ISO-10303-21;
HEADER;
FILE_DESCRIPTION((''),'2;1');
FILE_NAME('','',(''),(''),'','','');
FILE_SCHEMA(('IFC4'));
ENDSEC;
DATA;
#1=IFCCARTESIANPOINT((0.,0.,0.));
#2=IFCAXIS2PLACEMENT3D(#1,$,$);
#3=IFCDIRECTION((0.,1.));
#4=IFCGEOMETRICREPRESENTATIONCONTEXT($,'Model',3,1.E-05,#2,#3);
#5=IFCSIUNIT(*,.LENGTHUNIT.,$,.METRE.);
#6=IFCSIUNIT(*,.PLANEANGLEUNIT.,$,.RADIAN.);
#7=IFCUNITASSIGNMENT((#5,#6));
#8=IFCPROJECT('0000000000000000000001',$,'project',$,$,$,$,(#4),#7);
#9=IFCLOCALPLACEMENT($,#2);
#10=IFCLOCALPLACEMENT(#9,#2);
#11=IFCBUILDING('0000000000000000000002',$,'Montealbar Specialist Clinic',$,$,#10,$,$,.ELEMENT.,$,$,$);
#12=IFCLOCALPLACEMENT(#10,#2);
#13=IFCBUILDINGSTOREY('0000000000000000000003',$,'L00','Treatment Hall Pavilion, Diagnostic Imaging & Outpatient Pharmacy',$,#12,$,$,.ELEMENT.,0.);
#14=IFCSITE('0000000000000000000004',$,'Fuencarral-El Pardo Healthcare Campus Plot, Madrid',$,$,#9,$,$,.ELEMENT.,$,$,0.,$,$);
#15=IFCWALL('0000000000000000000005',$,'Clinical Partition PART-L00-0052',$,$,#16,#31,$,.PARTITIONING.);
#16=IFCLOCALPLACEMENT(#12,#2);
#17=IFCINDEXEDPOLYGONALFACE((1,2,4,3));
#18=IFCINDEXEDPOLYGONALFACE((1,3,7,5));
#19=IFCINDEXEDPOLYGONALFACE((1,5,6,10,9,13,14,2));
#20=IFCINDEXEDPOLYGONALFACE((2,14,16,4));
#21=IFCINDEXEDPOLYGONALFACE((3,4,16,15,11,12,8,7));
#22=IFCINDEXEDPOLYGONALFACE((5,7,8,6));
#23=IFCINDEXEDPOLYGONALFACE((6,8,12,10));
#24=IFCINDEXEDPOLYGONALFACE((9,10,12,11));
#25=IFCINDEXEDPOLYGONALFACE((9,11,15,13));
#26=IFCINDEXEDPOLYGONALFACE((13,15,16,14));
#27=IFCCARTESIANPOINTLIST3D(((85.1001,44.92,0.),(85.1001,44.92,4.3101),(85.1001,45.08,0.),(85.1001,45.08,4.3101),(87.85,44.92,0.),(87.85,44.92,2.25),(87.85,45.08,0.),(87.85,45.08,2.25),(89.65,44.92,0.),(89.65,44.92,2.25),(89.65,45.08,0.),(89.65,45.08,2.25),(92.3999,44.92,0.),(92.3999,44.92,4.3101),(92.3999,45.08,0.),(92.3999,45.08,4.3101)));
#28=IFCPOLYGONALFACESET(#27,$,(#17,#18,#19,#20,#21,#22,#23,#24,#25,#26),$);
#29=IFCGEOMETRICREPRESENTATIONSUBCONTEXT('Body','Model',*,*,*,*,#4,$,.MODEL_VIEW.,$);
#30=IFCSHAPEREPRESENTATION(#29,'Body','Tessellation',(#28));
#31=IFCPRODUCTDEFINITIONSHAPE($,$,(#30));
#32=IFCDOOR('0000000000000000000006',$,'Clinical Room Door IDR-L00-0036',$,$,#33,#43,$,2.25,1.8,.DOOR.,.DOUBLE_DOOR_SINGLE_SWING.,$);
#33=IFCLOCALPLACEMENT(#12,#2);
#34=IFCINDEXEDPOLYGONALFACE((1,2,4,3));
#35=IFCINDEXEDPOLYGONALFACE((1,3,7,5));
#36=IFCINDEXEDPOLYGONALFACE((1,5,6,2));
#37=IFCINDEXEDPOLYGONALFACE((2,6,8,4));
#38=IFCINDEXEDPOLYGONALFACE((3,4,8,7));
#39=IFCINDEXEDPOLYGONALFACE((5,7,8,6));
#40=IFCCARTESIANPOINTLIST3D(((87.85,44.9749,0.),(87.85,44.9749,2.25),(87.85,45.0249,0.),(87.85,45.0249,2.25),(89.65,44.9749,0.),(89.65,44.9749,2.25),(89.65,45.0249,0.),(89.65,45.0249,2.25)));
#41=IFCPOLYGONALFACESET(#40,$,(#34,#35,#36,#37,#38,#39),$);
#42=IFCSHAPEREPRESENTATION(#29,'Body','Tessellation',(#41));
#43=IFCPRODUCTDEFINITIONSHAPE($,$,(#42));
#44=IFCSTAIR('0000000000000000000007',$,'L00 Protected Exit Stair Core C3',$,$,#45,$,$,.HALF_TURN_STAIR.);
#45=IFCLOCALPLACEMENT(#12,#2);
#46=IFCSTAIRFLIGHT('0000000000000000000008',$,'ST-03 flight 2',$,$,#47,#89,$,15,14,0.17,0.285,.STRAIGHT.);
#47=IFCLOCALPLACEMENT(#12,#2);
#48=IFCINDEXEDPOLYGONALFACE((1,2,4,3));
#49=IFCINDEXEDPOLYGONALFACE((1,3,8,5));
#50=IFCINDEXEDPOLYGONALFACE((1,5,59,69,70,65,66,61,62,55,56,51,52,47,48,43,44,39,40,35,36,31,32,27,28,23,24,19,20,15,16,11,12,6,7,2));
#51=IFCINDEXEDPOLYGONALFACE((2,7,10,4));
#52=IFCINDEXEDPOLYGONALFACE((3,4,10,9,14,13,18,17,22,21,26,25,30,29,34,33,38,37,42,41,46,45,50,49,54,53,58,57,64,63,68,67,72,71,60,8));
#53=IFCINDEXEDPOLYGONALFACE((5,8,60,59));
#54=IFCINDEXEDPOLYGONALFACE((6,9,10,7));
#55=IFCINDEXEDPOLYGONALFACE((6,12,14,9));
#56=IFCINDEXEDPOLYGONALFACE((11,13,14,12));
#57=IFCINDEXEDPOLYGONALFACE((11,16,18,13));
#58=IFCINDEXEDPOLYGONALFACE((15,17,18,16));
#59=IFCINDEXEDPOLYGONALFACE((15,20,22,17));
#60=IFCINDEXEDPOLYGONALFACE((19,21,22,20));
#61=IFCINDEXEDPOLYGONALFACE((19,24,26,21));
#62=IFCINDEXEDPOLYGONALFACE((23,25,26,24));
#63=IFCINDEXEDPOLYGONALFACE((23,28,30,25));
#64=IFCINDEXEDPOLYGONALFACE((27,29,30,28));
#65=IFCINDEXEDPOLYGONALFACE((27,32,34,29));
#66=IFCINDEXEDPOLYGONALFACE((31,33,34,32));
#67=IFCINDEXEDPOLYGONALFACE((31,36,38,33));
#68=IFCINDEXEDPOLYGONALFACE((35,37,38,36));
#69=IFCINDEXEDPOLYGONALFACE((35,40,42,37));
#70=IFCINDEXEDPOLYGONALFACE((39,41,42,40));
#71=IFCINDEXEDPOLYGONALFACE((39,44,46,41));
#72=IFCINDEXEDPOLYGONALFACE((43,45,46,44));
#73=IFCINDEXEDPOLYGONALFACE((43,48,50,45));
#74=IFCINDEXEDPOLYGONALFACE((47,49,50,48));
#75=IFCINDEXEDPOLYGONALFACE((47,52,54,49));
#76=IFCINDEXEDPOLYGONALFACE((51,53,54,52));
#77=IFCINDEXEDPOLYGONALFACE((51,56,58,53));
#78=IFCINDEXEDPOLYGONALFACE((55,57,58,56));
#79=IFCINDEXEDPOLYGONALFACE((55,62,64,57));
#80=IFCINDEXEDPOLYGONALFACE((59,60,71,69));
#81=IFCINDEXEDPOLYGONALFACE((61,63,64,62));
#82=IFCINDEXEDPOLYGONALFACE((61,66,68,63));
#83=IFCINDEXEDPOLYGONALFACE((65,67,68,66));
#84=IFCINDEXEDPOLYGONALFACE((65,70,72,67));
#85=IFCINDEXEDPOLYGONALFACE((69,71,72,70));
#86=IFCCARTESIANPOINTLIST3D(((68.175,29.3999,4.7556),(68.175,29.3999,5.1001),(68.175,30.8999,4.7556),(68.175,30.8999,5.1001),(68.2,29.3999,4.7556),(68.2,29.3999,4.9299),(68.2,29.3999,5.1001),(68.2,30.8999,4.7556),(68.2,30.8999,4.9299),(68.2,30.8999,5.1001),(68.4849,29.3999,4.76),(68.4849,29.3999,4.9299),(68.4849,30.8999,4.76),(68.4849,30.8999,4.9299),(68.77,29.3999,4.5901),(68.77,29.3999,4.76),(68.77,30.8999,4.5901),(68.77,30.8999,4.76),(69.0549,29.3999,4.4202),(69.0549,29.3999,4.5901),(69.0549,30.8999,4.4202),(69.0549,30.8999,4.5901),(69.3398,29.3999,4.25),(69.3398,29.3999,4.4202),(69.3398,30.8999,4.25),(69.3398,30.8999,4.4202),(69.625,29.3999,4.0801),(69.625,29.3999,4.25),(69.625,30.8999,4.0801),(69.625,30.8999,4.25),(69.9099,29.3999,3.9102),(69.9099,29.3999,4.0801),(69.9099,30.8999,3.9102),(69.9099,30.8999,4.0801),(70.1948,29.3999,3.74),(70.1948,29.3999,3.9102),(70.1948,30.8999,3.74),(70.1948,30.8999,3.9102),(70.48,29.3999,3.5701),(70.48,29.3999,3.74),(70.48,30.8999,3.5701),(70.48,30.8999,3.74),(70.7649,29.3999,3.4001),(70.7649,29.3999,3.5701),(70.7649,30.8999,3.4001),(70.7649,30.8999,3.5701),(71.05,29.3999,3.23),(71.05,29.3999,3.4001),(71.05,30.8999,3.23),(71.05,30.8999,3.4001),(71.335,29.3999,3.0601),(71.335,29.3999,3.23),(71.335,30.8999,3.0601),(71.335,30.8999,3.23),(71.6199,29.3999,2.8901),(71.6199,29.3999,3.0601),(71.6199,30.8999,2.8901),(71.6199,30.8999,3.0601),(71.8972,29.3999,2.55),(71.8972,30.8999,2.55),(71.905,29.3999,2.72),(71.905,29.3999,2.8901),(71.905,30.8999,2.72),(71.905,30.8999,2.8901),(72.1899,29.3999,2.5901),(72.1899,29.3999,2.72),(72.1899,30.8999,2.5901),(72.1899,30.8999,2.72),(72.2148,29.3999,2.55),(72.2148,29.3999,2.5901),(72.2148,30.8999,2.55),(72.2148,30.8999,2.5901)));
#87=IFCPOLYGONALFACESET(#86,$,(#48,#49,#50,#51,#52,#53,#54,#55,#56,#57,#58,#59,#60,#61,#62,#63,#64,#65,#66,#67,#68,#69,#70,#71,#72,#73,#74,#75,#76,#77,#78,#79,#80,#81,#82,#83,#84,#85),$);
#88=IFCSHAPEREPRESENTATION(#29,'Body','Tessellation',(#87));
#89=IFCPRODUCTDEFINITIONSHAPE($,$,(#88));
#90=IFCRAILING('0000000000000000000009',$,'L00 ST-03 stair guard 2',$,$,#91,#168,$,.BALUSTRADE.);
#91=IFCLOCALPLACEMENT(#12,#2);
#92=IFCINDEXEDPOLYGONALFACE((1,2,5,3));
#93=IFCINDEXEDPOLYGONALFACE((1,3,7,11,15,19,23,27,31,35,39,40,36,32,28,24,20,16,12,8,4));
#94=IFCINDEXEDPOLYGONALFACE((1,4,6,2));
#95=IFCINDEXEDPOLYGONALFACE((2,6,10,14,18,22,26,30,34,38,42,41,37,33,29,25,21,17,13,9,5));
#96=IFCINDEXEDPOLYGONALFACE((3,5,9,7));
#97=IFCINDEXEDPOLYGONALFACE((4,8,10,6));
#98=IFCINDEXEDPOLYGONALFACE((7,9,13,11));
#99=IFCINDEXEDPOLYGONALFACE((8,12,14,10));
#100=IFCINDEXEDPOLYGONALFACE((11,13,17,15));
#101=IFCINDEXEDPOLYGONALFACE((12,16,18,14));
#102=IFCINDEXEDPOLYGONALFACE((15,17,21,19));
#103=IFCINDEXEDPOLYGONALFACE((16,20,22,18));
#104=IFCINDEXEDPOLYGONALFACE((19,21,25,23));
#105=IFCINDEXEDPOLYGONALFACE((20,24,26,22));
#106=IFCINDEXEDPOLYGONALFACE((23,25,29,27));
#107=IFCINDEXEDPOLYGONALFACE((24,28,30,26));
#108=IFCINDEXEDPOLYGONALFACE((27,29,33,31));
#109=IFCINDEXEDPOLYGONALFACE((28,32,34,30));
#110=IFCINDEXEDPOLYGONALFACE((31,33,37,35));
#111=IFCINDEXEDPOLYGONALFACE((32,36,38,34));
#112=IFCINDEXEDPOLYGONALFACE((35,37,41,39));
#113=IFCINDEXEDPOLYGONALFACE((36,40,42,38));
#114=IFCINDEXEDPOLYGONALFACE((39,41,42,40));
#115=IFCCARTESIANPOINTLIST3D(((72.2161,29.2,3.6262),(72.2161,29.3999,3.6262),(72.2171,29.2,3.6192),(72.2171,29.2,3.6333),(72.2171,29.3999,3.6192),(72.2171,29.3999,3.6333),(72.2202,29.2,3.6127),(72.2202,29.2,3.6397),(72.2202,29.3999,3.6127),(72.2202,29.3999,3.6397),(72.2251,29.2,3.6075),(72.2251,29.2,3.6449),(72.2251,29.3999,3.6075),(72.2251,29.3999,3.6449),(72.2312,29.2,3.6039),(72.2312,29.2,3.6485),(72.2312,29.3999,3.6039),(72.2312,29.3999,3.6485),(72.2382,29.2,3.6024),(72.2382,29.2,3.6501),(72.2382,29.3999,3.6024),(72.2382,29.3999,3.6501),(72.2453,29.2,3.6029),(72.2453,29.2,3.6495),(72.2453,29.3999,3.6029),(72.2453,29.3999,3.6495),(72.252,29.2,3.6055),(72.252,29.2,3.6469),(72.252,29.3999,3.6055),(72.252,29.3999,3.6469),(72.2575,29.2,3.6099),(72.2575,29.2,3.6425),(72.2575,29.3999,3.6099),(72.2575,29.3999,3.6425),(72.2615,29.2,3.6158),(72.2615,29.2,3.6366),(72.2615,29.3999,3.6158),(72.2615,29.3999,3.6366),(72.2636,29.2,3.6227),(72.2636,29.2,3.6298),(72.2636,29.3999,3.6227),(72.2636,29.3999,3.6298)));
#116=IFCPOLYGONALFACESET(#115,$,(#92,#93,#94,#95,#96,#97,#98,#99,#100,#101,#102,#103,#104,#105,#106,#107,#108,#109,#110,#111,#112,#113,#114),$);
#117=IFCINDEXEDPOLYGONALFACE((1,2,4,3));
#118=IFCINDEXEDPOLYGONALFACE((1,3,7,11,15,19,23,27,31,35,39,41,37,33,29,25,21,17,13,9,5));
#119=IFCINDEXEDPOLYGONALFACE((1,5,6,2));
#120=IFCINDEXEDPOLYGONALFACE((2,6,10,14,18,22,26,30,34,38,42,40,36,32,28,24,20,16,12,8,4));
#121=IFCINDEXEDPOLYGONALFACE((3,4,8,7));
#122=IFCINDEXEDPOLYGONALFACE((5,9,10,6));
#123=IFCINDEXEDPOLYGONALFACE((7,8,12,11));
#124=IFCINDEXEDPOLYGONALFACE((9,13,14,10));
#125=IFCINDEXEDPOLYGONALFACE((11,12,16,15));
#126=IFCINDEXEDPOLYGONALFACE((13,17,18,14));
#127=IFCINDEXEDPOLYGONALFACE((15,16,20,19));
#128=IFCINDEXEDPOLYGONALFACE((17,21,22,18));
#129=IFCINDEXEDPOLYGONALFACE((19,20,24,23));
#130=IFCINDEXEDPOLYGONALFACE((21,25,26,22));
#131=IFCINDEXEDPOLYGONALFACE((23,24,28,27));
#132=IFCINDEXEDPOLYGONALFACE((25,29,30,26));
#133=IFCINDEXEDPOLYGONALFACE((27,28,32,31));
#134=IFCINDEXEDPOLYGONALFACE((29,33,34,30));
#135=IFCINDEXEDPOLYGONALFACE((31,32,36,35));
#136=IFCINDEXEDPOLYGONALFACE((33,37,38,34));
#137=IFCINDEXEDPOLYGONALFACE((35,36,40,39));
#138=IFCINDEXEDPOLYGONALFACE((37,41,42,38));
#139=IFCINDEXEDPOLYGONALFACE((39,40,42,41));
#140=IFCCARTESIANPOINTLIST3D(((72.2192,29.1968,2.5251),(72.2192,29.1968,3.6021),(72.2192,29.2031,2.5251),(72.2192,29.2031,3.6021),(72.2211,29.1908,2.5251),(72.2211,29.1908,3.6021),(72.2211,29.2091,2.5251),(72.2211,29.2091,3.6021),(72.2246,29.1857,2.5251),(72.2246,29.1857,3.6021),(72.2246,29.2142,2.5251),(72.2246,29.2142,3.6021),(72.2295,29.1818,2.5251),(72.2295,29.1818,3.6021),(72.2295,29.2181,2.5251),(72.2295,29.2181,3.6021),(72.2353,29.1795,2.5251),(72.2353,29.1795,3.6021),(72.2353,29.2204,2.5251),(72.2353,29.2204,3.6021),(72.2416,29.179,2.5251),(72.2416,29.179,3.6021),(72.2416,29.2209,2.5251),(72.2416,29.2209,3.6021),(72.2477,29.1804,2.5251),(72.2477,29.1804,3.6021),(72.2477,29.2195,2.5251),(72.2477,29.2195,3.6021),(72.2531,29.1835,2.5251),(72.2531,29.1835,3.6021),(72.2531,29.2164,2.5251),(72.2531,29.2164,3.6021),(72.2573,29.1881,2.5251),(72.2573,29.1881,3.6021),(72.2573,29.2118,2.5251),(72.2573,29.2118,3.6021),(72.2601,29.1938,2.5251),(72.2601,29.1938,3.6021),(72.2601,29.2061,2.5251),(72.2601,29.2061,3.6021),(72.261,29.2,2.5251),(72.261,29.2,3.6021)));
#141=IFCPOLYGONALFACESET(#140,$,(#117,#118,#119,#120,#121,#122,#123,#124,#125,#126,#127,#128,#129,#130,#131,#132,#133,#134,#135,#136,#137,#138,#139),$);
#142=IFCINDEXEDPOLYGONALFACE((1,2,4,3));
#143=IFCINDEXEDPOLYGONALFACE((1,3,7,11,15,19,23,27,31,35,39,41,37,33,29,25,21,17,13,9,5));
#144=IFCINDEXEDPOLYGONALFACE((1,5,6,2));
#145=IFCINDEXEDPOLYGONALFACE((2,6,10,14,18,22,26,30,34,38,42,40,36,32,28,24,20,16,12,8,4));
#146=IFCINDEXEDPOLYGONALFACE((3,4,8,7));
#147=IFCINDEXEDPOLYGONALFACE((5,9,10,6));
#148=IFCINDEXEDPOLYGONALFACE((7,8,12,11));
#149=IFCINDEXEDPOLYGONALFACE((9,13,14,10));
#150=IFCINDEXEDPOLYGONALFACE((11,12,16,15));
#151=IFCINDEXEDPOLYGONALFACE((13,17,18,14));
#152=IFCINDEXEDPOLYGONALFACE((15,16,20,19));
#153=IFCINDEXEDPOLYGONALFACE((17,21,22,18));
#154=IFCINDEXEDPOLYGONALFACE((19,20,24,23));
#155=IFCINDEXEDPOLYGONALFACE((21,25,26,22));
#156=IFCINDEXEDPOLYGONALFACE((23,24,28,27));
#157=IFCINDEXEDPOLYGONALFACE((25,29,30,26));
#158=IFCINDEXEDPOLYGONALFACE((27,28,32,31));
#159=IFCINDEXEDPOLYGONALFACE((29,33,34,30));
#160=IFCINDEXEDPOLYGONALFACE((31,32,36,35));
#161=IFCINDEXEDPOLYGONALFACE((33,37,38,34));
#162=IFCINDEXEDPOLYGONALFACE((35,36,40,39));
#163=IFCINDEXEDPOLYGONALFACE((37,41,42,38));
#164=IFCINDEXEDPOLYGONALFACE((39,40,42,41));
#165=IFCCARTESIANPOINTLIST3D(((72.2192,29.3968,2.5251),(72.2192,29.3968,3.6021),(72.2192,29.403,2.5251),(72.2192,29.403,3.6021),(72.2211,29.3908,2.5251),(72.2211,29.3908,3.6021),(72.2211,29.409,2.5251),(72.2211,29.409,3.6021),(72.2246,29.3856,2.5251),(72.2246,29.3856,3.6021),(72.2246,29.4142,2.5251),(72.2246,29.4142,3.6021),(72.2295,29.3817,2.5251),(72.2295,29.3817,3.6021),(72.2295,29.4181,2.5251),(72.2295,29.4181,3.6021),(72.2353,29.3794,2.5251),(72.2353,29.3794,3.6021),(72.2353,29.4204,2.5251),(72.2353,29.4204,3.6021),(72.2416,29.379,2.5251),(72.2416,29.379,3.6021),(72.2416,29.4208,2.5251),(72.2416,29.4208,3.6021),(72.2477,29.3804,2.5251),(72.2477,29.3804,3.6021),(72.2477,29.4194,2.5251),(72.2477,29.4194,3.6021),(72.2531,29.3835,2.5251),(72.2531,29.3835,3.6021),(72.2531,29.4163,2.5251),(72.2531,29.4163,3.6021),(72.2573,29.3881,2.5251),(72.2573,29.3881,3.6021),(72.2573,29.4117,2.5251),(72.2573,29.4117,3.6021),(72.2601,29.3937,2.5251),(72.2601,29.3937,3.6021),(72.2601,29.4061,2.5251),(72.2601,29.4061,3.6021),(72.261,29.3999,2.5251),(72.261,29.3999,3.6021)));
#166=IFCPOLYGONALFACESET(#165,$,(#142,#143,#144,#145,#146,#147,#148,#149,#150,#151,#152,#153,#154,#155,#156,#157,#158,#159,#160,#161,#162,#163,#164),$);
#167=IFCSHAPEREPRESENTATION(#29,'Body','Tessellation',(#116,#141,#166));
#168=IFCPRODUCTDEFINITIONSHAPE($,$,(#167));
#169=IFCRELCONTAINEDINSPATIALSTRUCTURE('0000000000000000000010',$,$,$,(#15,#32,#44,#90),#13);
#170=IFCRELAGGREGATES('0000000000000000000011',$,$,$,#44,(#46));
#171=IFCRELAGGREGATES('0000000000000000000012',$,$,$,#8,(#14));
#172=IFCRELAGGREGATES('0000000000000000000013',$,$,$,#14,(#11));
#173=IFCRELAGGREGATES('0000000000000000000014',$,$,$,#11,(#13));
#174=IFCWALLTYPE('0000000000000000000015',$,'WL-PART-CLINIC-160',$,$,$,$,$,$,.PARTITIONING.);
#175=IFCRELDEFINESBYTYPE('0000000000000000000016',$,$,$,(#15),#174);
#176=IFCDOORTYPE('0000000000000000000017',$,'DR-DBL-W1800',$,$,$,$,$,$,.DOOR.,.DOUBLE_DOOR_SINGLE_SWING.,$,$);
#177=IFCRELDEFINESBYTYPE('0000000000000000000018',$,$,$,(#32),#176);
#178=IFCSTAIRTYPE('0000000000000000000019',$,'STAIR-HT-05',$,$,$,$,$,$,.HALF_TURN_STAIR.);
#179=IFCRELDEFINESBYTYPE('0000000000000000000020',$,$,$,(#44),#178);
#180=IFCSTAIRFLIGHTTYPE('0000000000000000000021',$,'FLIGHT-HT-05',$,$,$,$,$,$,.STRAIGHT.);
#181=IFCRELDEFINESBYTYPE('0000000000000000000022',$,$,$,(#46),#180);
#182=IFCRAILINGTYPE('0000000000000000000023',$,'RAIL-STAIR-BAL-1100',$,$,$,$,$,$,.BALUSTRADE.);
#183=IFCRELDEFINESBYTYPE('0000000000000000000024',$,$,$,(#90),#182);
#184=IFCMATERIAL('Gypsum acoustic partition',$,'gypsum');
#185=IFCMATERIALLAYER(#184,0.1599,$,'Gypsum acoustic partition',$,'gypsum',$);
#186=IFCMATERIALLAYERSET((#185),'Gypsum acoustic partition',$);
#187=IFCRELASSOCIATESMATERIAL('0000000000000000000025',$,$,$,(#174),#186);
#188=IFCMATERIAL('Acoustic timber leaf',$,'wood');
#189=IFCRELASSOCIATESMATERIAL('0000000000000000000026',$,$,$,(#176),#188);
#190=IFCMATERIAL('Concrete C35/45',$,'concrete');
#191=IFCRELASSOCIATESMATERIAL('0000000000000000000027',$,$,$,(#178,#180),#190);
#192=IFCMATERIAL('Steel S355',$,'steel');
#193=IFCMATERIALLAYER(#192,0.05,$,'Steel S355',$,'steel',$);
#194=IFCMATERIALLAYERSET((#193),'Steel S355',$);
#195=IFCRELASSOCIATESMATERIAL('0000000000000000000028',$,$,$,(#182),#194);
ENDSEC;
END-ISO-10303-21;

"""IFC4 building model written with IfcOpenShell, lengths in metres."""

from ifc_helpers import new_model, si_unit, direction, frame, frame_2d, origin, origin_2d, place, context, subcontext, project, spatial, polyline, rectangle, circle, outline, extrude, material, layer, layer_set, type_object, element, fill, aggregate, save


model = new_model("IFC4")

# Units and contexts
model_context = context("Model", 3, precision=1e-05, world=origin(), true_north=direction((0.0, 1.0)))
body_context = subcontext(model_context, "Body", "Model", "MODEL_VIEW")
ifc_project = project(units=[si_unit("LENGTHUNIT", "METRE"), si_unit("PLANEANGLEUNIT", "RADIAN")], contexts=[model_context])

# Site, building, storey
site_placement = place(None, origin())
site = spatial("IfcSite", under=ifc_project, at=site_placement, Name="Fuencarral-El Pardo Healthcare Campus Plot, Madrid", CompositionType="ELEMENT", RefElevation=0.0)
building_placement = place(site_placement, origin())
building = spatial("IfcBuilding", under=site, at=building_placement, Name="Montealbar Specialist Clinic", CompositionType="ELEMENT")
storey_placement = place(building_placement, origin())
storey = spatial("IfcBuildingStorey", under=building, at=storey_placement, Name="L00", Description="Treatment Hall Pavilion, Diagnostic Imaging & Outpatient Pharmacy", CompositionType="ELEMENT", Elevation=0.0)

# Shared definitions
ifc_material_1 = material(Name="Steel S355", Category="steel")

# Shared definitions
ifc_material_2 = material(Name="Gypsum acoustic partition", Category="gypsum")

# Wall, opening, door
ifc_layer_1 = layer(ifc_material_2, 0.1599, Name="Gypsum acoustic partition", Category="gypsum")
ifc_layer_set_1 = layer_set([ifc_layer_1], Name="Gypsum acoustic partition")
wall_type_1 = type_object("IfcWallType", Name="WL-PART-CLINIC-160", PredefinedType="PARTITIONING", material=ifc_layer_set_1)
ifc_material_3 = material(Name="Acoustic timber leaf", Category="wood")
door_type = type_object("IfcDoorType", Name="DR-DBL-W1800", OperationType="DOUBLE_DOOR_SINGLE_SWING", PredefinedType="DOOR", material=ifc_material_3)
wall_1_placement = place(storey_placement, frame((85.1001, 45.0, 0.0), z_axis=(0.0, 0.0, 1.0), x_axis=(1.0, 0.0, 0.0)))
wall_1 = element("IfcWall", 1, at=wall_1_placement, inside=storey, type_object=wall_type_1, Name="Clinical Partition PART-L00-0052", PredefinedType="PARTITIONING", context=body_context, shape_type="SweptSolid", body=[
    extrude(rectangle(XDim=7.2998, YDim=0.1599, at=frame_2d((3.6499, 0.0))), origin(), (0.0, 0.0, 1.0), 4.3101),
])
opening_1_placement = place(wall_1_placement, frame((2.75, 0.0, 0.0)))
opening_1 = element("IfcOpeningElement", 2, at=opening_1_placement, cuts=wall_1, PredefinedType="OPENING", context=body_context, shape_type="SweptSolid", body=[
    extrude(rectangle(XDim=1.8, YDim=2.25, at=frame_2d((0.8999, 1.125))), frame((0.0, 0.0898, 0.0), z_axis=(0.0, -1.0, 0.0), x_axis=(1.0, 0.0, 0.0)), (0.0, 0.0, 1.0), 0.1799),
])
door_1_placement = place(opening_1_placement, origin())
door_1 = element("IfcDoor", 3, at=door_1_placement, inside=storey, type_object=door_type, Name="Clinical Room Door IDR-L00-0036", OperationType="DOUBLE_DOOR_SINGLE_SWING", OverallHeight=2.25, OverallWidth=1.8, PredefinedType="DOOR", context=body_context, shape_type="SweptSolid", body=[
    extrude(rectangle(XDim=1.8, YDim=2.25, at=frame_2d((0.8999, 1.125))), frame((0.0, 0.0249, 0.0), z_axis=(0.0, -1.0, 0.0), x_axis=(1.0, 0.0, 0.0)), (0.0, 0.0, 1.0), 0.05),
])
fill(opening_1, door_1)

# Stair, stair flight
ifc_material_4 = material(Name="Concrete C35/45", Category="concrete")
stair_type = type_object("IfcStairType", Name="STAIR-HT-05", PredefinedType="HALF_TURN_STAIR", material=ifc_material_4)
stair_placement = place(storey_placement, origin())
stair = element("IfcStair", 4, at=stair_placement, inside=storey, type_object=stair_type, Name="L00 Protected Exit Stair Core C3", PredefinedType="HALF_TURN_STAIR")
stair_flight_type = type_object("IfcStairFlightType", Name="FLIGHT-HT-05", PredefinedType="STRAIGHT", material=ifc_material_4)
stair_flight_placement = place(storey_placement, frame((72.1899, 30.1499, 2.55), z_axis=(0.0, 0.0, 1.0), x_axis=(-1.0, 0.0, 0.0)))
stair_flight = element("IfcStairFlight", 5, at=stair_flight_placement, type_object=stair_flight_type, Name="ST-03 flight 2", NumberOfRisers=15, NumberOfTreads=14, PredefinedType="STRAIGHT", RiserHeight=0.17, TreadLength=0.285, context=body_context, shape_type="SweptSolid", body=[
    extrude(outline(polyline([(-0.0249, 0.0), (-0.0249, 0.04), (0.0, 0.04), (0.0, 0.1699), (0.2849, 0.1699), (0.2849, 0.3401), (0.5701, 0.3401), (0.5701, 0.51), (0.855, 0.51), (0.855, 0.6799), (1.1399, 0.6799), (1.1399, 0.8501), (1.425, 0.8501), (1.425, 1.02), (1.71, 1.02), (1.71, 1.1899), (1.9951, 1.1899), (1.9951, 1.3601), (2.28, 1.3601), (2.28, 1.53), (2.5649, 1.53), (2.5649, 1.7), (2.8501, 1.7), (2.8501, 1.8701), (3.135, 1.8701), (3.135, 2.04), (3.4199, 2.04), (3.4199, 2.21), (3.7051, 2.21), (3.7051, 2.3799), (3.99, 2.3799), (3.99, 2.55), (4.0149, 2.55), (4.0149, 2.2056), (3.99, 2.2056), (0.2927, 0.0), (-0.0249, 0.0)])), frame((0.0, 0.75, 0.0), z_axis=(0.0, -1.0, 0.0), x_axis=(1.0, 0.0, 0.0)), (0.0, 0.0, 1.0), 1.5),
])
aggregate(stair, [stair_flight])

# Railing
ifc_layer_2 = layer(ifc_material_1, 0.05, Name="Steel S355", Category="steel")
ifc_layer_set_2 = layer_set([ifc_layer_2], Name="Steel S355")
railing_type_1 = type_object("IfcRailingType", Name="RAIL-STAIR-BAL-1100", PredefinedType="BALUSTRADE", material=ifc_layer_set_2)
railing_1_placement = place(storey_placement, frame((72.24, 29.2, 2.55)))
element("IfcRailing", 6, at=railing_1_placement, inside=storey, type_object=railing_type_1, Name="L00 ST-03 stair guard 2", PredefinedType="BALUSTRADE", context=body_context, shape_type="SweptSolid", body=[
    extrude(circle(Radius=0.0239, at=origin_2d()), frame((0.0, 0.0, 1.0762), z_axis=(0.0, 1.0, 0.0), x_axis=(-1.0, 0.0, 0.0)), (0.0, 0.0, 1.0), 0.2),
    extrude(circle(Radius=0.021, at=origin_2d()), frame((0.0, 0.0, -0.0249)), (0.0, 0.0, 1.0), 1.0769),
    extrude(circle(Radius=0.021, at=origin_2d()), frame((0.0, 0.2, -0.0249)), (0.0, 0.0, 1.0), 1.0769),
])

save(model, "model.ifc")
